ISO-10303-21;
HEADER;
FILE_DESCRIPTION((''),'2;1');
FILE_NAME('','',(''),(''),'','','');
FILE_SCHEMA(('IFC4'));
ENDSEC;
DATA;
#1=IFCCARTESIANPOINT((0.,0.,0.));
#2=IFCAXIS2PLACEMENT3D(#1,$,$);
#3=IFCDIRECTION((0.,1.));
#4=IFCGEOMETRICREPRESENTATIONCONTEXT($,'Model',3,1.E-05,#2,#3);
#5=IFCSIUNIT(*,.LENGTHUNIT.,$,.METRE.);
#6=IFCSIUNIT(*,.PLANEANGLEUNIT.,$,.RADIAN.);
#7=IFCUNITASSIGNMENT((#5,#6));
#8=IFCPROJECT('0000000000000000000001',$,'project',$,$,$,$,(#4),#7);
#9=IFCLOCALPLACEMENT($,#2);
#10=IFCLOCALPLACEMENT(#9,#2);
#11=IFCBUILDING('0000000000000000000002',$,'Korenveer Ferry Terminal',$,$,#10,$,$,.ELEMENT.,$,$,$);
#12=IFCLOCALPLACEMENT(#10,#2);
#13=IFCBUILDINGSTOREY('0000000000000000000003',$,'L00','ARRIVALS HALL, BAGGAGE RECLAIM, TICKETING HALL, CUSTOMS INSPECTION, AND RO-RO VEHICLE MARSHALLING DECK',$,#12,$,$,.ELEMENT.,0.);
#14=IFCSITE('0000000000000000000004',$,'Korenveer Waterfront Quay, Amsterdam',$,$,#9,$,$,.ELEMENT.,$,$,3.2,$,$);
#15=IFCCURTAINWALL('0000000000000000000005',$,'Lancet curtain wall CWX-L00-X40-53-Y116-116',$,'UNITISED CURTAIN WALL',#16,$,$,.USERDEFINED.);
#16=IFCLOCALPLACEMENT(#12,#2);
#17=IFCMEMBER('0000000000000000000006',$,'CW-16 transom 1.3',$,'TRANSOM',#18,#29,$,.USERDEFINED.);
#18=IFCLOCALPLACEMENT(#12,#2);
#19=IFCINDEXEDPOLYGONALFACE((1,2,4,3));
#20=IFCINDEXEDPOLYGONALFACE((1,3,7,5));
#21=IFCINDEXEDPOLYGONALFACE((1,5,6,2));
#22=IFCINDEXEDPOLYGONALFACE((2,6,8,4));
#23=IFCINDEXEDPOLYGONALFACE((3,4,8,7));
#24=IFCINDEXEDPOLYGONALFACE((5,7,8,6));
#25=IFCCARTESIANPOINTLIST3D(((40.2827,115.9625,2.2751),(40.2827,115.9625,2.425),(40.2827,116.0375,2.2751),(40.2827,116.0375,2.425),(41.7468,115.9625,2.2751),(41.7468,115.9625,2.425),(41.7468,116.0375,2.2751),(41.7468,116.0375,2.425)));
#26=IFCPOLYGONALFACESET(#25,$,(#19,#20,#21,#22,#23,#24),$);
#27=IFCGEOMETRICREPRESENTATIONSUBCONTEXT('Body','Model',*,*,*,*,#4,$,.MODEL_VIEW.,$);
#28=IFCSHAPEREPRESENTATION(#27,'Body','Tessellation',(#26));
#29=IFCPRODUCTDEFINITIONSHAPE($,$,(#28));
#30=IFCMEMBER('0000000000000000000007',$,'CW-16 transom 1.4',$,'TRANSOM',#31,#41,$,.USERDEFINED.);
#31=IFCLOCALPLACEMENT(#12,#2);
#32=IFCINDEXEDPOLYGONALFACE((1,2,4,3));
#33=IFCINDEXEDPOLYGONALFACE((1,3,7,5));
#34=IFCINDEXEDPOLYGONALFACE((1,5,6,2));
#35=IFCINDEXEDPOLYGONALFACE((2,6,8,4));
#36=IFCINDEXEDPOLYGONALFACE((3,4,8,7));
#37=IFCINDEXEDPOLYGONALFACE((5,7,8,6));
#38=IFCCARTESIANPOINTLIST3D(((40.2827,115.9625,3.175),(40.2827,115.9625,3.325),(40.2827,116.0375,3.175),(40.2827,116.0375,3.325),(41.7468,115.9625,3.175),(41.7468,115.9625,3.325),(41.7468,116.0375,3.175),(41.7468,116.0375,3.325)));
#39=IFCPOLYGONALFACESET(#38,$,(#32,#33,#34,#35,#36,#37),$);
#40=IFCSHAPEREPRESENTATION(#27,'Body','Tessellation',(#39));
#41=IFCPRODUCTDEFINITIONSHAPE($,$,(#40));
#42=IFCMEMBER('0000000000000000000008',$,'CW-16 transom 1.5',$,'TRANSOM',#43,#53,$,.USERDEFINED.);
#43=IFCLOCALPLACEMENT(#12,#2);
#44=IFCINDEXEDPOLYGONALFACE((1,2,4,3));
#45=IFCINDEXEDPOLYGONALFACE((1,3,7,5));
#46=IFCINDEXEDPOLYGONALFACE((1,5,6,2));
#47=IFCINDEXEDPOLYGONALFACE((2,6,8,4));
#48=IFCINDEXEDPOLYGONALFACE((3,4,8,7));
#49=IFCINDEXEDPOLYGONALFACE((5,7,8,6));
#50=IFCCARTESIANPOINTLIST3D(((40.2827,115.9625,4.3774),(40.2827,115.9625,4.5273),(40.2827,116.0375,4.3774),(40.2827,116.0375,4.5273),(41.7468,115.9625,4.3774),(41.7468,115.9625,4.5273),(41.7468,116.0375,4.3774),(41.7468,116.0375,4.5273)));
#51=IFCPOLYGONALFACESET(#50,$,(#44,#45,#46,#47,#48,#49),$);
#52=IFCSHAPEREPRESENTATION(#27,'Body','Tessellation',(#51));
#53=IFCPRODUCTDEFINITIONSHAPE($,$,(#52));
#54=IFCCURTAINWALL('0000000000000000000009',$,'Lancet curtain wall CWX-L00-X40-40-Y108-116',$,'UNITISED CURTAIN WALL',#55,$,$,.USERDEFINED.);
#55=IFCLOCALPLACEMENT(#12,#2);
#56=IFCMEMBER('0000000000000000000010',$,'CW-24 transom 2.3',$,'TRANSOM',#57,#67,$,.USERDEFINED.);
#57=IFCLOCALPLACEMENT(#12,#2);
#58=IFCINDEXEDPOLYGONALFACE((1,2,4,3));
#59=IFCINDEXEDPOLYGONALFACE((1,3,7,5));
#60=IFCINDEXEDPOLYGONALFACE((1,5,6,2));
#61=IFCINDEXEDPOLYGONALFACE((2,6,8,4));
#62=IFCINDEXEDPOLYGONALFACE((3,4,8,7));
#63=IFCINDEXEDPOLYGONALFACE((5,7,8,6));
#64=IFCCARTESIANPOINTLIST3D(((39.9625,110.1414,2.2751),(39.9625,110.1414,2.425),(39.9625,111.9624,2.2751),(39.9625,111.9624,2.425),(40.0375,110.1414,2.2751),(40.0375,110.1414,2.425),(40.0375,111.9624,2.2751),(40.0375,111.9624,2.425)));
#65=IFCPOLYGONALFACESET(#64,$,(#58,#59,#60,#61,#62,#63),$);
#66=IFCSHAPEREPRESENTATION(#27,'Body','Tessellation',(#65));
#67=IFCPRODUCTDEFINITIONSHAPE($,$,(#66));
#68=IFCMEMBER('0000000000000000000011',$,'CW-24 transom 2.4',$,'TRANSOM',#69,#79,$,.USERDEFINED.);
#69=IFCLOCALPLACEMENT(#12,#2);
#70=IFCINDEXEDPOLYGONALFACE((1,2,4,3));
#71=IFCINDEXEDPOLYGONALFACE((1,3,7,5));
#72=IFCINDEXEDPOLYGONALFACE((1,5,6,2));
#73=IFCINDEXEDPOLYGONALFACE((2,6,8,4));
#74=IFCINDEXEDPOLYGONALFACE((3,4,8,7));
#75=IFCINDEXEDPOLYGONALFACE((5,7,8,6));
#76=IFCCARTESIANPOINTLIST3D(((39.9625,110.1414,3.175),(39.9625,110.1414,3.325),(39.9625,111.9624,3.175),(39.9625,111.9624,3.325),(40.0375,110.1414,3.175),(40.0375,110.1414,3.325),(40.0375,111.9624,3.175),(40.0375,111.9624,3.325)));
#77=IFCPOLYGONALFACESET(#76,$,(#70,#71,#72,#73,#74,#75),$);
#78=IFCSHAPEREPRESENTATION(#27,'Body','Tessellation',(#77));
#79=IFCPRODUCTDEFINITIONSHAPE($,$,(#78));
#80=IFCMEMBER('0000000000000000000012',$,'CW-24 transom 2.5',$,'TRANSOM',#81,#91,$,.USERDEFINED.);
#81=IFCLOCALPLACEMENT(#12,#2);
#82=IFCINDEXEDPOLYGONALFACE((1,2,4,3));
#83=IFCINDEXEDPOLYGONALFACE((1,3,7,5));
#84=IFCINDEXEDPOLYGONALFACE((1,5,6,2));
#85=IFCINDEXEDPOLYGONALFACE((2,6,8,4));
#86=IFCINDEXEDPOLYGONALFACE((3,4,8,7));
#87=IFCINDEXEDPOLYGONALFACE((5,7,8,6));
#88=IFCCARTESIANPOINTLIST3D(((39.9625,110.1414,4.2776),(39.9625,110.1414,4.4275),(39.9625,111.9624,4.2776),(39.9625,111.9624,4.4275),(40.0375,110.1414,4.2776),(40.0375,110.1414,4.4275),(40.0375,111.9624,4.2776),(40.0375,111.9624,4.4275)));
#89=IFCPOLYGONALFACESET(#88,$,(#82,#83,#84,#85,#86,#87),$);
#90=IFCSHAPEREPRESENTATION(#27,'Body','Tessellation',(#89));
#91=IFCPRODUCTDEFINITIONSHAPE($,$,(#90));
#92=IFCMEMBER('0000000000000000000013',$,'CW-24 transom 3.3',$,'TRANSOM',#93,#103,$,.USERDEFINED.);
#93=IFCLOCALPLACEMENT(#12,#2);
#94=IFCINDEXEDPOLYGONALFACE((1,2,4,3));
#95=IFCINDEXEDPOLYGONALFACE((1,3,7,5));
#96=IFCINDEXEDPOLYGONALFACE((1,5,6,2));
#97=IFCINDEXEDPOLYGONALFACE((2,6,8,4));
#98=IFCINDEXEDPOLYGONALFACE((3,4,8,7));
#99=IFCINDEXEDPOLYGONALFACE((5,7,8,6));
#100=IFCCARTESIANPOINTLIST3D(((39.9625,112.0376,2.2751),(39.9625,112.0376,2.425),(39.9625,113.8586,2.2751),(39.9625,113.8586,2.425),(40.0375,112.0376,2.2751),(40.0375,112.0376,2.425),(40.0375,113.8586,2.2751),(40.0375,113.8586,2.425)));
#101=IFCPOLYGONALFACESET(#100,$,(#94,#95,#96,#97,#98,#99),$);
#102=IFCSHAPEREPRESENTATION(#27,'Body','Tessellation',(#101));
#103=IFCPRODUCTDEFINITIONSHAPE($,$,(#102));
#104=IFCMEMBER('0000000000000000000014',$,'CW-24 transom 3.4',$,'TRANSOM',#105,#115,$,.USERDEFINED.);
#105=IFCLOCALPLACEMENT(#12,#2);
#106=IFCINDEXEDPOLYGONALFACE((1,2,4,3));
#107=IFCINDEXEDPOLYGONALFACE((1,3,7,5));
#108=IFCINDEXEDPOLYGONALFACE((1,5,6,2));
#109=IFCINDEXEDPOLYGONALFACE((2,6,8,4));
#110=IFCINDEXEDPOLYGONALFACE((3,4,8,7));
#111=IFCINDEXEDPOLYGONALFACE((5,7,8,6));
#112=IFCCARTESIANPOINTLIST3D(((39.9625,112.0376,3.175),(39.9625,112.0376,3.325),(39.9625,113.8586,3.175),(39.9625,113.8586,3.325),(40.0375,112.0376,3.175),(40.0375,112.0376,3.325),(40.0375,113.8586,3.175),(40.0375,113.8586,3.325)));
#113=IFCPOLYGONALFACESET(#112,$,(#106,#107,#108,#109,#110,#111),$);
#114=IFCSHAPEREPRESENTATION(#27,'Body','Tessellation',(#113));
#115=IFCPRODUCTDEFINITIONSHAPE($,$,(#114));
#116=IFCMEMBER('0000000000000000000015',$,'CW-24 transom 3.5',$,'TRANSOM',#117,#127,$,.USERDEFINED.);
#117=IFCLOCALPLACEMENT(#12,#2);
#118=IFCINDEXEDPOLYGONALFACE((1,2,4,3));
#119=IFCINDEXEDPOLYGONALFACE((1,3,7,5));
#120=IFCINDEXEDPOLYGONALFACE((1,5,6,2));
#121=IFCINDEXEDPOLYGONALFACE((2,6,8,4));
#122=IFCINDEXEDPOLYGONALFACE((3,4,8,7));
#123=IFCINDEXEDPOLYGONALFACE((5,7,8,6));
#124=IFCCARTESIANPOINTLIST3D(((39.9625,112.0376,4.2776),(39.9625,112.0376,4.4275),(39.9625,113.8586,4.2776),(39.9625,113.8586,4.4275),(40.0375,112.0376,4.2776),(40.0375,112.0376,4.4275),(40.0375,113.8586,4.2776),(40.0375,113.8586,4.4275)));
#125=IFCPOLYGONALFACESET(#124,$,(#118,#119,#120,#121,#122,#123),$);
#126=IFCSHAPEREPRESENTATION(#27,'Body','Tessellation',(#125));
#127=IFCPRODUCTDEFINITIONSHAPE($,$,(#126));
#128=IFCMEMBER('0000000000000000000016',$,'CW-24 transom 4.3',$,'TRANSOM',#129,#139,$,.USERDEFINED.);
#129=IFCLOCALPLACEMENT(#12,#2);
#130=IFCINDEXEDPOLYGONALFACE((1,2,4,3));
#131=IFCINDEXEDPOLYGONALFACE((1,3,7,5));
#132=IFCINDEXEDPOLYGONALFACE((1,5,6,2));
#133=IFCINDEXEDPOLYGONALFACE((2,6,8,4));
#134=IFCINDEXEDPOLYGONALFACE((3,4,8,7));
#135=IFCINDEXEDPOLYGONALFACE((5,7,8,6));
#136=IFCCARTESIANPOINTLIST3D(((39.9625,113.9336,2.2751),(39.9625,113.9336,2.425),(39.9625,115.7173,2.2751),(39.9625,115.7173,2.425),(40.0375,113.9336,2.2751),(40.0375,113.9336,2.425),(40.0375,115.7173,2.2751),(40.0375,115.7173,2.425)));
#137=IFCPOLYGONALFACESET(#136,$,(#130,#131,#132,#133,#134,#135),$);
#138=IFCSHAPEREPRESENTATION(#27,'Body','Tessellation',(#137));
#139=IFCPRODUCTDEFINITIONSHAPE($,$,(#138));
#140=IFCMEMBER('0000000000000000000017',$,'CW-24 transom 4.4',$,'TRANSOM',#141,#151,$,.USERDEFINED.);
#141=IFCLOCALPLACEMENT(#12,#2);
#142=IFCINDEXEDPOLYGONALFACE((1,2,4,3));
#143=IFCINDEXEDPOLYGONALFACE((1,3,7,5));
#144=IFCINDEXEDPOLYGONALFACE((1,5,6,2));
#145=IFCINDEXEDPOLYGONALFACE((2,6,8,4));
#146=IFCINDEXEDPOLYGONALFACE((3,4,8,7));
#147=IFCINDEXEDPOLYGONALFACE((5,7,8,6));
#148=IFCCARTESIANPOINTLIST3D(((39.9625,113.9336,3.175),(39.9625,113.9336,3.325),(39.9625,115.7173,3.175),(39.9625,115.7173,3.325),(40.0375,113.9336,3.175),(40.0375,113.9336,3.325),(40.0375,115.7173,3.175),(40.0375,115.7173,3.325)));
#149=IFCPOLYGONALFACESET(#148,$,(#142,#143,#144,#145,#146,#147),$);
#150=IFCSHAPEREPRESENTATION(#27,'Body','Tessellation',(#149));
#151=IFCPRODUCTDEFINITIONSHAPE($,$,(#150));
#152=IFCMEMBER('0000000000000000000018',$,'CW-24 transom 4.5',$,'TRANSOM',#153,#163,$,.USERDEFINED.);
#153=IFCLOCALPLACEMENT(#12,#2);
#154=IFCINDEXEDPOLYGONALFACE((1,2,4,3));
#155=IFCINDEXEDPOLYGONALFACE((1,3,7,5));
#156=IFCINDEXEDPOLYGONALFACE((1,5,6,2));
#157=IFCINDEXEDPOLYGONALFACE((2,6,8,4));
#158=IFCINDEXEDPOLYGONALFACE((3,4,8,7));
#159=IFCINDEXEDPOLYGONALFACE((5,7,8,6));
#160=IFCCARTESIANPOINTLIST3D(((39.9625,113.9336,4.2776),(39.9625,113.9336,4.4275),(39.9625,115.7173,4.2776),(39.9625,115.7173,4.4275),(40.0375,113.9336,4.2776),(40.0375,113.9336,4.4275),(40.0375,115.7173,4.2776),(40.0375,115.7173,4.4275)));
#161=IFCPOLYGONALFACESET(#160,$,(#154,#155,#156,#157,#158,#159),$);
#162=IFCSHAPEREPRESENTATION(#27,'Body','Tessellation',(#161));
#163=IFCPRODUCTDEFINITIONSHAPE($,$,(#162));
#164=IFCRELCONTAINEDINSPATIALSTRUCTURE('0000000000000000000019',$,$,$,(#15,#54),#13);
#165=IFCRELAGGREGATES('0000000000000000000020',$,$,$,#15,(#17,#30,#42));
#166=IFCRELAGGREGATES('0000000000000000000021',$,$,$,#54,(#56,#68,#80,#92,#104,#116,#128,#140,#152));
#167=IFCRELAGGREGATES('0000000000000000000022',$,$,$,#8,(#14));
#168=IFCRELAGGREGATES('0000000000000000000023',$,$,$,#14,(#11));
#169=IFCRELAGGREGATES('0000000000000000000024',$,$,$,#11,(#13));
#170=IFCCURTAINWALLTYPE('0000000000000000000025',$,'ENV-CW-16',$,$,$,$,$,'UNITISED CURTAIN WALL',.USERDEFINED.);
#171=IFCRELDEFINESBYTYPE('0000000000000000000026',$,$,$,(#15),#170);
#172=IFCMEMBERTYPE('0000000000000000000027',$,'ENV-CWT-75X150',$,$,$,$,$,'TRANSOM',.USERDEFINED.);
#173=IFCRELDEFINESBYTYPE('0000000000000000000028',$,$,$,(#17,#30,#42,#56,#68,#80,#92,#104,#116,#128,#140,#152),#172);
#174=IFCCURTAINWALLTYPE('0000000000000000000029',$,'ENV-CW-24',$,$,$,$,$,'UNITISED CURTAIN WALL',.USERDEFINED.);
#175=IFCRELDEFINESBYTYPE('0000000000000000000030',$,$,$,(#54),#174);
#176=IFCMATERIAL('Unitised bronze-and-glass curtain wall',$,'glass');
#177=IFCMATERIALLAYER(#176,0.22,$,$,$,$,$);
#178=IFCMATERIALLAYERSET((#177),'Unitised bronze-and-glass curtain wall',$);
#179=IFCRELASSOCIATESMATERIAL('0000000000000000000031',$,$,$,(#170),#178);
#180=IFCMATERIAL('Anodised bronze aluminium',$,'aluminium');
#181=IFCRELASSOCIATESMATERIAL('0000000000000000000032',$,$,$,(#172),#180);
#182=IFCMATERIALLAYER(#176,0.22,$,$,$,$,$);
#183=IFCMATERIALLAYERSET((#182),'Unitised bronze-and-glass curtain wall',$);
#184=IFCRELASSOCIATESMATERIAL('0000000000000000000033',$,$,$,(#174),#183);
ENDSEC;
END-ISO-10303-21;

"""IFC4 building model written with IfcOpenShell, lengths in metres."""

from ifc_helpers import new_model, si_unit, direction, frame, origin, origin_2d, place, context, subcontext, project, spatial, rectangle, extrude, material, layer, layer_set, material_profile, profile_set, type_object, element, aggregate, save


model = new_model("IFC4")

# Units and contexts
model_context = context("Model", 3, precision=1e-05, world=origin(), true_north=direction((0.0, 1.0)))
body_context = subcontext(model_context, "Body", "Model", "MODEL_VIEW")
ifc_project = project(units=[si_unit("LENGTHUNIT", "METRE"), si_unit("PLANEANGLEUNIT", "RADIAN")], contexts=[model_context])

# Site, building, storey
site_placement = place(None, origin())
site = spatial("IfcSite", under=ifc_project, at=site_placement, Name="Korenveer Waterfront Quay, Amsterdam", CompositionType="ELEMENT", RefElevation=3.2)
building_placement = place(site_placement, origin())
building = spatial("IfcBuilding", under=site, at=building_placement, Name="Korenveer Ferry Terminal", CompositionType="ELEMENT")
storey_placement = place(building_placement, origin())
storey = spatial("IfcBuildingStorey", under=building, at=storey_placement, Name="L00", Description="ARRIVALS HALL, BAGGAGE RECLAIM, TICKETING HALL, CUSTOMS INSPECTION, AND RO-RO VEHICLE MARSHALLING DECK", CompositionType="ELEMENT", Elevation=0.0)

# Curtain walls, members
ifc_material_1 = material(Name="Unitised bronze-and-glass curtain wall", Category="glass")
ifc_layer_1 = layer(ifc_material_1, 0.22)
ifc_layer_set_1 = layer_set([ifc_layer_1], Name="Unitised bronze-and-glass curtain wall")
curtain_wall_type_1 = type_object("IfcCurtainWallType", Name="ENV-CW-16", ElementType="UNITISED CURTAIN WALL", PredefinedType="USERDEFINED", material=ifc_layer_set_1)
curtain_wall_1_placement = place(storey_placement, frame((40.2078, 116.0, 0.0)))
curtain_wall_1 = element("IfcCurtainWall", 1, at=curtain_wall_1_placement, inside=storey, type_object=curtain_wall_type_1, Name="Lancet curtain wall CWX-L00-X40-53-Y116-116", ObjectType="UNITISED CURTAIN WALL", PredefinedType="USERDEFINED")
ifc_material_2 = material(Name="Anodised bronze aluminium", Category="aluminium")
ifc_material_profile_1 = material_profile(ifc_material_2, rectangle(XDim=0.075, YDim=0.1499, at=origin_2d()), Name="ALU 75x150")
ifc_profile_set_1 = profile_set([ifc_material_profile_1], Name="Anodised bronze aluminium")
member_type = type_object("IfcMemberType", Name="ENV-CWT-75X150", ElementType="TRANSOM", PredefinedType="USERDEFINED", material=ifc_profile_set_1)
member_1_placement = place(storey_placement, frame((40.2827, 116.0, 2.3501), z_axis=(1.0, 0.0, 0.0), x_axis=(0.0, 1.0, 0.0)))
member_1 = element("IfcMember", 2, at=member_1_placement, type_object=member_type, Name="CW-16 transom 1.3", ObjectType="TRANSOM", PredefinedType="USERDEFINED", context=body_context, shape_type="SweptSolid", body=[
    extrude(rectangle(XDim=0.075, YDim=0.1499, at=origin_2d()), origin(), (0.0, 0.0, 1.0), 1.4641),
])
member_2_placement = place(storey_placement, frame((40.2827, 116.0, 3.25), z_axis=(1.0, 0.0, 0.0), x_axis=(0.0, 1.0, 0.0)))
member_2 = element("IfcMember", 3, at=member_2_placement, type_object=member_type, Name="CW-16 transom 1.4", ObjectType="TRANSOM", PredefinedType="USERDEFINED", context=body_context, shape_type="SweptSolid", body=[
    extrude(rectangle(XDim=0.075, YDim=0.1499, at=origin_2d()), origin(), (0.0, 0.0, 1.0), 1.4641),
])
member_3_placement = place(storey_placement, frame((40.2827, 116.0, 4.4524), z_axis=(1.0, 0.0, 0.0), x_axis=(0.0, 1.0, 0.0)))
member_3 = element("IfcMember", 4, at=member_3_placement, type_object=member_type, Name="CW-16 transom 1.5", ObjectType="TRANSOM", PredefinedType="USERDEFINED", context=body_context, shape_type="SweptSolid", body=[
    extrude(rectangle(XDim=0.075, YDim=0.1499, at=origin_2d()), origin(), (0.0, 0.0, 1.0), 1.4641),
])
aggregate(curtain_wall_1, [member_1, member_2, member_3])
ifc_layer_2 = layer(ifc_material_1, 0.22)
ifc_layer_set_2 = layer_set([ifc_layer_2], Name="Unitised bronze-and-glass curtain wall")
curtain_wall_type_2 = type_object("IfcCurtainWallType", Name="ENV-CW-24", ElementType="UNITISED CURTAIN WALL", PredefinedType="USERDEFINED", material=ifc_layer_set_2)
curtain_wall_2_placement = place(storey_placement, frame((40.0, 108.2078, 0.0)))
curtain_wall_2 = element("IfcCurtainWall", 5, at=curtain_wall_2_placement, inside=storey, type_object=curtain_wall_type_2, Name="Lancet curtain wall CWX-L00-X40-40-Y108-116", ObjectType="UNITISED CURTAIN WALL", PredefinedType="USERDEFINED")
member_4_placement = place(storey_placement, frame((40.0, 110.1414, 2.3501), z_axis=(0.0, 1.0, 0.0), x_axis=(-1.0, 0.0, 0.0)))
member_4 = element("IfcMember", 6, at=member_4_placement, type_object=member_type, Name="CW-24 transom 2.3", ObjectType="TRANSOM", PredefinedType="USERDEFINED", context=body_context, shape_type="SweptSolid", body=[
    extrude(rectangle(XDim=0.075, YDim=0.1499, at=origin_2d()), origin(), (0.0, 0.0, 1.0), 1.821),
])
member_5_placement = place(storey_placement, frame((40.0, 110.1414, 3.25), z_axis=(0.0, 1.0, 0.0), x_axis=(-1.0, 0.0, 0.0)))
member_5 = element("IfcMember", 7, at=member_5_placement, type_object=member_type, Name="CW-24 transom 2.4", ObjectType="TRANSOM", PredefinedType="USERDEFINED", context=body_context, shape_type="SweptSolid", body=[
    extrude(rectangle(XDim=0.075, YDim=0.1499, at=origin_2d()), origin(), (0.0, 0.0, 1.0), 1.821),
])
member_6_placement = place(storey_placement, frame((40.0, 110.1414, 4.3525), z_axis=(0.0, 1.0, 0.0), x_axis=(-1.0, 0.0, 0.0)))
member_6 = element("IfcMember", 8, at=member_6_placement, type_object=member_type, Name="CW-24 transom 2.5", ObjectType="TRANSOM", PredefinedType="USERDEFINED", context=body_context, shape_type="SweptSolid", body=[
    extrude(rectangle(XDim=0.075, YDim=0.1499, at=origin_2d()), origin(), (0.0, 0.0, 1.0), 1.821),
])
member_7_placement = place(storey_placement, frame((40.0, 112.0376, 2.3501), z_axis=(0.0, 1.0, 0.0), x_axis=(-1.0, 0.0, 0.0)))
member_7 = element("IfcMember", 9, at=member_7_placement, type_object=member_type, Name="CW-24 transom 3.3", ObjectType="TRANSOM", PredefinedType="USERDEFINED", context=body_context, shape_type="SweptSolid", body=[
    extrude(rectangle(XDim=0.075, YDim=0.1499, at=origin_2d()), origin(), (0.0, 0.0, 1.0), 1.821),
])
member_8_placement = place(storey_placement, frame((40.0, 112.0376, 3.25), z_axis=(0.0, 1.0, 0.0), x_axis=(-1.0, 0.0, 0.0)))
member_8 = element("IfcMember", 10, at=member_8_placement, type_object=member_type, Name="CW-24 transom 3.4", ObjectType="TRANSOM", PredefinedType="USERDEFINED", context=body_context, shape_type="SweptSolid", body=[
    extrude(rectangle(XDim=0.075, YDim=0.1499, at=origin_2d()), origin(), (0.0, 0.0, 1.0), 1.821),
])
member_9_placement = place(storey_placement, frame((40.0, 112.0376, 4.3525), z_axis=(0.0, 1.0, 0.0), x_axis=(-1.0, 0.0, 0.0)))
member_9 = element("IfcMember", 11, at=member_9_placement, type_object=member_type, Name="CW-24 transom 3.5", ObjectType="TRANSOM", PredefinedType="USERDEFINED", context=body_context, shape_type="SweptSolid", body=[
    extrude(rectangle(XDim=0.075, YDim=0.1499, at=origin_2d()), origin(), (0.0, 0.0, 1.0), 1.821),
])
member_10_placement = place(storey_placement, frame((40.0, 113.9336, 2.3501), z_axis=(0.0, 1.0, 0.0), x_axis=(-1.0, 0.0, 0.0)))
member_10 = element("IfcMember", 12, at=member_10_placement, type_object=member_type, Name="CW-24 transom 4.3", ObjectType="TRANSOM", PredefinedType="USERDEFINED", context=body_context, shape_type="SweptSolid", body=[
    extrude(rectangle(XDim=0.075, YDim=0.1499, at=origin_2d()), origin(), (0.0, 0.0, 1.0), 1.7837),
])
member_11_placement = place(storey_placement, frame((40.0, 113.9336, 3.25), z_axis=(0.0, 1.0, 0.0), x_axis=(-1.0, 0.0, 0.0)))
member_11 = element("IfcMember", 13, at=member_11_placement, type_object=member_type, Name="CW-24 transom 4.4", ObjectType="TRANSOM", PredefinedType="USERDEFINED", context=body_context, shape_type="SweptSolid", body=[
    extrude(rectangle(XDim=0.075, YDim=0.1499, at=origin_2d()), origin(), (0.0, 0.0, 1.0), 1.7837),
])
member_12_placement = place(storey_placement, frame((40.0, 113.9336, 4.3525), z_axis=(0.0, 1.0, 0.0), x_axis=(-1.0, 0.0, 0.0)))
member_12 = element("IfcMember", 14, at=member_12_placement, type_object=member_type, Name="CW-24 transom 4.5", ObjectType="TRANSOM", PredefinedType="USERDEFINED", context=body_context, shape_type="SweptSolid", body=[
    extrude(rectangle(XDim=0.075, YDim=0.1499, at=origin_2d()), origin(), (0.0, 0.0, 1.0), 1.7837),
])

aggregate(curtain_wall_2, [member_4, member_5, member_6, member_7, member_8, member_9, member_10, member_11, member_12])

save(model, "model.ifc")
